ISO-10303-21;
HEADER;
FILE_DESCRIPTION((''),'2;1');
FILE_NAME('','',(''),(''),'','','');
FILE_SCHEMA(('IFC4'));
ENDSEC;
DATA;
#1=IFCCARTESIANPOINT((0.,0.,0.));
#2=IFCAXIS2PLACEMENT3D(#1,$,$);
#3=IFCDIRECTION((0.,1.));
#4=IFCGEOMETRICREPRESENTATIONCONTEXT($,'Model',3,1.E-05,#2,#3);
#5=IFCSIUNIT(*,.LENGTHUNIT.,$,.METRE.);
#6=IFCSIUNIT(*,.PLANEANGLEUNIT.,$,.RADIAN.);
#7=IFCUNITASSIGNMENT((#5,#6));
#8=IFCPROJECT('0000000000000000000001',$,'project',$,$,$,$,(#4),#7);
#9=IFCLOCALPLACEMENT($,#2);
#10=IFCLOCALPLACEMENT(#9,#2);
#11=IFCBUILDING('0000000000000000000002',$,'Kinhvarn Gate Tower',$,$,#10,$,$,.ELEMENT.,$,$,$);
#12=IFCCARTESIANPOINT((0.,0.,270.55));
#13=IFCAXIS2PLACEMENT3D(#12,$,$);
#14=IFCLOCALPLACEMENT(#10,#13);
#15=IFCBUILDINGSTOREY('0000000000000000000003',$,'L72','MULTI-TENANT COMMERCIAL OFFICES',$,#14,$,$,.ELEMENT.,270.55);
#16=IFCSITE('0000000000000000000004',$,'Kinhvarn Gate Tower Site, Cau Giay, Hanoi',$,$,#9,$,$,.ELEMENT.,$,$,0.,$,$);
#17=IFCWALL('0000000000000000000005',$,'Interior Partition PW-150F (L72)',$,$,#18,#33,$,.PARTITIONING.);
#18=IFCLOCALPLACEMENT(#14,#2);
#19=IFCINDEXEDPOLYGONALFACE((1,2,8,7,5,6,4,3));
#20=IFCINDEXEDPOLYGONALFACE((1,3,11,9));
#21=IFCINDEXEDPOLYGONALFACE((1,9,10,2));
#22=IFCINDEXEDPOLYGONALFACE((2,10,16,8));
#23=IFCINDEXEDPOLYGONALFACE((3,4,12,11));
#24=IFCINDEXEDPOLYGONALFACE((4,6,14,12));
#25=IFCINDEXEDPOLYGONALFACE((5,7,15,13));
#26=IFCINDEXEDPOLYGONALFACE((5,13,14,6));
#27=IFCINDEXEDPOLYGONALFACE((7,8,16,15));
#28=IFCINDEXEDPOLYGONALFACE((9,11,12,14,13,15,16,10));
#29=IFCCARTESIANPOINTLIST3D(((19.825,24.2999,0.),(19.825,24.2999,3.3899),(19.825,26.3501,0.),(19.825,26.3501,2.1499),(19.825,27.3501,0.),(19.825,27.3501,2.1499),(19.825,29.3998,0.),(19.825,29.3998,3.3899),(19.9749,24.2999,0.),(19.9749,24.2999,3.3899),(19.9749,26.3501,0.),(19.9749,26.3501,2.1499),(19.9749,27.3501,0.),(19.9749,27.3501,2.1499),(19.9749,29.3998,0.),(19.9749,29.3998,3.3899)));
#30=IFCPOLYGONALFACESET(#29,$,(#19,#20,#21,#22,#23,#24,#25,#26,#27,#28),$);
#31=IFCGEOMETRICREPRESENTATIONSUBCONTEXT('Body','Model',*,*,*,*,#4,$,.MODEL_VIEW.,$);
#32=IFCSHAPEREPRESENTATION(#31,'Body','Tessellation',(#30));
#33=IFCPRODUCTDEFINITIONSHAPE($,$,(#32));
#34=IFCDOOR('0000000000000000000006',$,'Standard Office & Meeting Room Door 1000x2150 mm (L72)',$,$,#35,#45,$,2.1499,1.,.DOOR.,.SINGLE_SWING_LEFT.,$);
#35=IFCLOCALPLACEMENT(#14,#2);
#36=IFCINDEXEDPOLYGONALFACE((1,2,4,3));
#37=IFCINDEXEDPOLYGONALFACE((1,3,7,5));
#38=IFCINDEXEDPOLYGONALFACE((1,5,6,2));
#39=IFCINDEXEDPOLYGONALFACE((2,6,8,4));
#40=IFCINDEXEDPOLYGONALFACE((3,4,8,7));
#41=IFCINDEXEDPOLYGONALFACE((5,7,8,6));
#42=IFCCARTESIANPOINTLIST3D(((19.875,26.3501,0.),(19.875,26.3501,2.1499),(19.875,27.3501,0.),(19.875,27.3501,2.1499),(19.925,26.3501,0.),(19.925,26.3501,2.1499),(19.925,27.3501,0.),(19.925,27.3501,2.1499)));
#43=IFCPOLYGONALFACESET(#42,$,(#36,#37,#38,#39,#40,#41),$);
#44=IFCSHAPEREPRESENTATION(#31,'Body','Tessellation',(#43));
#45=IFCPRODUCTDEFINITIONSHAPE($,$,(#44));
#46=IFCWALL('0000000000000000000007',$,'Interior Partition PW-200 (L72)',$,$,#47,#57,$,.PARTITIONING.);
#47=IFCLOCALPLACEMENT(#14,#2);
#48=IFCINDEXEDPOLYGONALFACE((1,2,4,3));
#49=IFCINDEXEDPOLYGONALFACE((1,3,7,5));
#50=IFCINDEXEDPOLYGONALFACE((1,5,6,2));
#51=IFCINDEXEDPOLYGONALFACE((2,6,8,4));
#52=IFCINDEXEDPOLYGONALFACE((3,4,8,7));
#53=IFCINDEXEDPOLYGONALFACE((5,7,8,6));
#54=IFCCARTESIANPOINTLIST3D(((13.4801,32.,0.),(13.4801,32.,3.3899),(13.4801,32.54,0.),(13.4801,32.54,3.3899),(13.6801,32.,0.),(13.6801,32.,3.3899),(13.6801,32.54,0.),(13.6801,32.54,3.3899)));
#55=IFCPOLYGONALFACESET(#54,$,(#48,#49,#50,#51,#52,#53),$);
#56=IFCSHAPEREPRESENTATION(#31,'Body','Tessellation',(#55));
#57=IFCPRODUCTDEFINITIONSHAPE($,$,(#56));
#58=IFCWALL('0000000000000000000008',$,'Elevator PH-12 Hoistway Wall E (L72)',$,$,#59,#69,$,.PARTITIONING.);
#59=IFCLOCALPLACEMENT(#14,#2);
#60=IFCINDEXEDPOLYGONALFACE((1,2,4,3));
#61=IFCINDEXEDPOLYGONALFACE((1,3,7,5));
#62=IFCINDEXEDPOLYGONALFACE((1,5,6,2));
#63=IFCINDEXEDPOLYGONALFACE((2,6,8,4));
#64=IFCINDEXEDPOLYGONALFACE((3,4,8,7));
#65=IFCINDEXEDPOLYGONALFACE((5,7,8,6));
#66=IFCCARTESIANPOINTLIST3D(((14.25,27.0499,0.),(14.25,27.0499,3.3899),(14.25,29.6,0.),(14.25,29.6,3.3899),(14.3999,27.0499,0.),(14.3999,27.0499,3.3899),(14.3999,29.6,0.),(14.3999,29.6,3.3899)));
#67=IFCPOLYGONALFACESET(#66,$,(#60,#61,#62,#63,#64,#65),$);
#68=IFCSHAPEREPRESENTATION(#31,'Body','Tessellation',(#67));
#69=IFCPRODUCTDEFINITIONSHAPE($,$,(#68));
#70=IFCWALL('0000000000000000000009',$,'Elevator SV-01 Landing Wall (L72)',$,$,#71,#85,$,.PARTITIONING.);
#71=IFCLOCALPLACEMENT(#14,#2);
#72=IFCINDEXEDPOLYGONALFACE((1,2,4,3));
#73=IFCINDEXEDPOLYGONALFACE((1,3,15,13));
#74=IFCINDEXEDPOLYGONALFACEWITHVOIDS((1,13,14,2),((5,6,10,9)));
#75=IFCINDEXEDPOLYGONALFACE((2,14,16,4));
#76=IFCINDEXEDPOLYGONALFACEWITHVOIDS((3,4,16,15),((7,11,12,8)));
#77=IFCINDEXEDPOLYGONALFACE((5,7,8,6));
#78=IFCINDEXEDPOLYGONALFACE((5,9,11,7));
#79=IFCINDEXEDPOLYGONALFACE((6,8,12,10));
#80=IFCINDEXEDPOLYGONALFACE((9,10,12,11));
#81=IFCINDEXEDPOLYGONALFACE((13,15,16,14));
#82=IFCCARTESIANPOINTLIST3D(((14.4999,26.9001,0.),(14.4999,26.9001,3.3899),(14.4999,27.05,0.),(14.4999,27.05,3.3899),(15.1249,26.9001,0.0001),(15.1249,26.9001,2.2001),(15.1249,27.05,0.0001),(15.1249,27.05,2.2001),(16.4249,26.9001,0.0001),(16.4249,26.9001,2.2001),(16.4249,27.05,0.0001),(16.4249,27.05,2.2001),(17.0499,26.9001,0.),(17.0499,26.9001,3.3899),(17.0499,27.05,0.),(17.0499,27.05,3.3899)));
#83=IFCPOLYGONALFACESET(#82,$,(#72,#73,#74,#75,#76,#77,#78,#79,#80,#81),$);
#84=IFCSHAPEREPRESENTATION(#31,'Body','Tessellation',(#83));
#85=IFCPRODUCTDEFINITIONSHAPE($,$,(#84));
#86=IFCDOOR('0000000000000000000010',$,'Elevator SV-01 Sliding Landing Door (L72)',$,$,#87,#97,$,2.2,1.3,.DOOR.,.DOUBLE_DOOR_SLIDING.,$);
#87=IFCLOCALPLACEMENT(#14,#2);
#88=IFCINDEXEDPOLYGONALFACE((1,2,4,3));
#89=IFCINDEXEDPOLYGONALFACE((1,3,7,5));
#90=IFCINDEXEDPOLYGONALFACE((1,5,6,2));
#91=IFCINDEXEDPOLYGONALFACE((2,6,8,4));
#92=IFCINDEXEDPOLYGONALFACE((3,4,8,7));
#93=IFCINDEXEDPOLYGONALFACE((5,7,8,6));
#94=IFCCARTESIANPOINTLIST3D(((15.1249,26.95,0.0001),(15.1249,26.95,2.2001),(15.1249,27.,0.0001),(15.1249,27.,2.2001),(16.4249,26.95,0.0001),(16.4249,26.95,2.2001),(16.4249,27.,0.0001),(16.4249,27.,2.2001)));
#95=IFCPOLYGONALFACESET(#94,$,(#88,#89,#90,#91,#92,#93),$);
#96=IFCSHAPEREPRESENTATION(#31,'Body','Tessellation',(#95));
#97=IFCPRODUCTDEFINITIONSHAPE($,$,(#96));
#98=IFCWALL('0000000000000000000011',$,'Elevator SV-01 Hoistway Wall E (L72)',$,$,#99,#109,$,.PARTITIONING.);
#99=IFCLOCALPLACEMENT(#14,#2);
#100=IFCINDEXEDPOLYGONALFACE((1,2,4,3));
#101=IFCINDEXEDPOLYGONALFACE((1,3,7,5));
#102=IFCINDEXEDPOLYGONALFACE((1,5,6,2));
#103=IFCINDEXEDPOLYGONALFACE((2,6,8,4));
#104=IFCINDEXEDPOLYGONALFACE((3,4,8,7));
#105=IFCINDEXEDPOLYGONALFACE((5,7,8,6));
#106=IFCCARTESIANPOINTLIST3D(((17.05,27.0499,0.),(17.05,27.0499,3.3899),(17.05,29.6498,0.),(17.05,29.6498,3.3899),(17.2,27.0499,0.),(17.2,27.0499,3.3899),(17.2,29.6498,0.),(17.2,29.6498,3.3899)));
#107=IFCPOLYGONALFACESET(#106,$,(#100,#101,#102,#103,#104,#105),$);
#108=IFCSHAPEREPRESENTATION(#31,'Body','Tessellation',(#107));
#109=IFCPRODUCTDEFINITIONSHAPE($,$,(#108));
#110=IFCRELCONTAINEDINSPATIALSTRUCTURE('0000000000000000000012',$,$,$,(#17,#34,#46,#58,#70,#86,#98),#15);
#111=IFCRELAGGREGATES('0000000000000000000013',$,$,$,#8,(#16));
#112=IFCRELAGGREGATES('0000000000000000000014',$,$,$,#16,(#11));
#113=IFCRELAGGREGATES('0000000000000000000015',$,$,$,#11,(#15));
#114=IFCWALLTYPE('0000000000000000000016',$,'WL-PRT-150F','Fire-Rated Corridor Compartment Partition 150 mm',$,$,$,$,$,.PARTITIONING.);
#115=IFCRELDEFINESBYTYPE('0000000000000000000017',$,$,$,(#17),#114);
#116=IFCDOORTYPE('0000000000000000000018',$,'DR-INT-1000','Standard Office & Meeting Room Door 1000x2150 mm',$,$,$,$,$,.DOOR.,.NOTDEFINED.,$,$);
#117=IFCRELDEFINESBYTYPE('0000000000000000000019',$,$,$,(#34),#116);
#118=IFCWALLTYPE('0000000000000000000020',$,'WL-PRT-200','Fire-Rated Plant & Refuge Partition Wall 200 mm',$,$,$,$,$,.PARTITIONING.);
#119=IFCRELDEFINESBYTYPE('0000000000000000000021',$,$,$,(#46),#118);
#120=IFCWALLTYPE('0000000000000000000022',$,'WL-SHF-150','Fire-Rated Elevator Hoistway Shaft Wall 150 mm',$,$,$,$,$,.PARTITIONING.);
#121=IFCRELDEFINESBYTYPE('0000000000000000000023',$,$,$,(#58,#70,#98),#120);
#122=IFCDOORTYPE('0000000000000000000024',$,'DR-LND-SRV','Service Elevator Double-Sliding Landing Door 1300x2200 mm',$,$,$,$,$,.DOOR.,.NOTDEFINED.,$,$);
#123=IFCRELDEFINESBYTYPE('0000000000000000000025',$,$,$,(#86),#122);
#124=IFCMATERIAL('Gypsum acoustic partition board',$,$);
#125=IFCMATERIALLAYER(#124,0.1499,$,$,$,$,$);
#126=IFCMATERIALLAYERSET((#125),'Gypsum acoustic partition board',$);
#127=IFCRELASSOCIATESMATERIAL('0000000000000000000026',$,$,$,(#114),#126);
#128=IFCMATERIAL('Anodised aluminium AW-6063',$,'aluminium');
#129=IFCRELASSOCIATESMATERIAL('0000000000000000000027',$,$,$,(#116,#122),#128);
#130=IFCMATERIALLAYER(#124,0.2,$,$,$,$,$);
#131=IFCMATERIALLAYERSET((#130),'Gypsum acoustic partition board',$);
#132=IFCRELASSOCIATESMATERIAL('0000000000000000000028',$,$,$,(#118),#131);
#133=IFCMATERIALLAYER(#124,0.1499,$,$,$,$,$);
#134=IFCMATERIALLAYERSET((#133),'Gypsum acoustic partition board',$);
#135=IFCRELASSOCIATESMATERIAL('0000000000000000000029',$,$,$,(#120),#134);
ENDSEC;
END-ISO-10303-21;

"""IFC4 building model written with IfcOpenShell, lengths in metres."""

from ifc_helpers import new_model, si_unit, direction, frame, frame_2d, origin, place, context, subcontext, project, spatial, rectangle, extrude, material, layer, layer_set, type_object, element, fill, save


model = new_model("IFC4")

# Units and contexts
model_context = context("Model", 3, precision=1e-05, world=origin(), true_north=direction((0.0, 1.0)))
body_context = subcontext(model_context, "Body", "Model", "MODEL_VIEW")
ifc_project = project(units=[si_unit("LENGTHUNIT", "METRE"), si_unit("PLANEANGLEUNIT", "RADIAN")], contexts=[model_context])

# Site, building, storey
site_placement = place(None, origin())
site = spatial("IfcSite", under=ifc_project, at=site_placement, Name="Kinhvarn Gate Tower Site, Cau Giay, Hanoi", CompositionType="ELEMENT", RefElevation=0.0)
building_placement = place(site_placement, origin())
building = spatial("IfcBuilding", under=site, at=building_placement, Name="Kinhvarn Gate Tower", CompositionType="ELEMENT")
storey_placement = place(building_placement, frame((0.0, 0.0, 270.55)))
storey = spatial("IfcBuildingStorey", under=building, at=storey_placement, Name="L72", Description="MULTI-TENANT COMMERCIAL OFFICES", CompositionType="ELEMENT", Elevation=270.55)

# Shared definitions
ifc_material_1 = material(Name="Anodised aluminium AW-6063", Category="aluminium")

# Shared definitions
ifc_material_2 = material(Name="Gypsum acoustic partition board")

# Shared definitions
ifc_layer_1 = layer(ifc_material_2, 0.1499)
ifc_layer_set_1 = layer_set([ifc_layer_1], Name="Gypsum acoustic partition board")
wall_type_1 = type_object("IfcWallType", Name="WL-PRT-150F", Description="Fire-Rated Corridor Compartment Partition 150 mm", PredefinedType="PARTITIONING", material=ifc_layer_set_1)

# Wall, opening, door
wall_1_placement = place(storey_placement, frame((19.8999, 24.3, 0.0), z_axis=(0.0, 0.0, 1.0), x_axis=(0.0, 1.0, 0.0)))
wall_1 = element("IfcWall", 1, at=wall_1_placement, inside=storey, type_object=wall_type_1, Name="Interior Partition PW-150F (L72)", PredefinedType="PARTITIONING", context=body_context, shape_type="SweptSolid", body=[
    extrude(rectangle(XDim=5.0999, YDim=0.1499, at=frame_2d((2.5498, 0.0))), origin(), (0.0, 0.0, 1.0), 3.3899),
])
opening_1_placement = place(wall_1_placement, frame((2.05, 0.0, 0.0)))
opening_1 = element("IfcOpeningElement", 2, at=opening_1_placement, cuts=wall_1, PredefinedType="OPENING", context=body_context, shape_type="SweptSolid", body=[
    extrude(rectangle(XDim=1.0, YDim=2.1499, at=frame_2d((0.5, 1.075))), frame((0.0, 0.085, 0.0), z_axis=(0.0, -1.0, 0.0), x_axis=(1.0, 0.0, 0.0)), (0.0, 0.0, 1.0), 0.1699),
])
door_type_1 = type_object("IfcDoorType", Name="DR-INT-1000", Description="Standard Office & Meeting Room Door 1000x2150 mm", OperationType="NOTDEFINED", PredefinedType="DOOR", material=ifc_material_1)
door_1_placement = place(opening_1_placement, origin())
door_1 = element("IfcDoor", 3, at=door_1_placement, inside=storey, type_object=door_type_1, Name="Standard Office & Meeting Room Door 1000x2150 mm (L72)", OperationType="SINGLE_SWING_LEFT", OverallHeight=2.1499, OverallWidth=1.0, PredefinedType="DOOR", context=body_context, shape_type="SweptSolid", body=[
    extrude(rectangle(XDim=1.0, YDim=2.1499, at=frame_2d((0.5, 1.075))), frame((0.0, 0.0249, 0.0), z_axis=(0.0, -1.0, 0.0), x_axis=(1.0, 0.0, 0.0)), (0.0, 0.0, 1.0), 0.05),
])
fill(opening_1, door_1)

# Walls
ifc_layer_2 = layer(ifc_material_2, 0.2)
ifc_layer_set_2 = layer_set([ifc_layer_2], Name="Gypsum acoustic partition board")
wall_type_2 = type_object("IfcWallType", Name="WL-PRT-200", Description="Fire-Rated Plant & Refuge Partition Wall 200 mm", PredefinedType="PARTITIONING", material=ifc_layer_set_2)
wall_2_placement = place(storey_placement, frame((13.5801, 32.0, 0.0), z_axis=(0.0, 0.0, 1.0), x_axis=(0.0, 1.0, 0.0)))
element("IfcWall", 4, at=wall_2_placement, inside=storey, type_object=wall_type_2, Name="Interior Partition PW-200 (L72)", PredefinedType="PARTITIONING", context=body_context, shape_type="SweptSolid", body=[
    extrude(rectangle(XDim=0.54, YDim=0.2, at=frame_2d((0.27, 0.0))), origin(), (0.0, 0.0, 1.0), 3.3899),
])
ifc_layer_3 = layer(ifc_material_2, 0.1499)
ifc_layer_set_3 = layer_set([ifc_layer_3], Name="Gypsum acoustic partition board")
wall_type_3 = type_object("IfcWallType", Name="WL-SHF-150", Description="Fire-Rated Elevator Hoistway Shaft Wall 150 mm", PredefinedType="PARTITIONING", material=ifc_layer_set_3)
wall_3_placement = place(storey_placement, frame((14.325, 27.05, 0.0), z_axis=(0.0, 0.0, 1.0), x_axis=(0.0, 1.0, 0.0)))
element("IfcWall", 5, at=wall_3_placement, inside=storey, type_object=wall_type_3, Name="Elevator PH-12 Hoistway Wall E (L72)", PredefinedType="PARTITIONING", context=body_context, shape_type="SweptSolid", body=[
    extrude(rectangle(XDim=2.55, YDim=0.1499, at=frame_2d((1.2749, 0.0))), origin(), (0.0, 0.0, 1.0), 3.3899),
])

# Wall, opening, door
wall_4_placement = place(storey_placement, frame((14.5, 26.9751, 0.0), z_axis=(0.0, 0.0, 1.0), x_axis=(1.0, 0.0, 0.0)))
wall_4 = element("IfcWall", 6, at=wall_4_placement, inside=storey, type_object=wall_type_3, Name="Elevator SV-01 Landing Wall (L72)", PredefinedType="PARTITIONING", context=body_context, shape_type="SweptSolid", body=[
    extrude(rectangle(XDim=2.55, YDim=0.1499, at=frame_2d((1.2749, 0.0))), origin(), (0.0, 0.0, 1.0), 3.3899),
])
opening_2_placement = place(wall_4_placement, frame((0.625, 0.0, 0.0)))
opening_2 = element("IfcOpeningElement", 7, at=opening_2_placement, cuts=wall_4, PredefinedType="OPENING", context=body_context, shape_type="SweptSolid", body=[
    extrude(rectangle(XDim=1.3, YDim=2.2, at=frame_2d((0.6499, 1.1001))), frame((0.0, 0.085, 0.0), z_axis=(0.0, -1.0, 0.0), x_axis=(1.0, 0.0, 0.0)), (0.0, 0.0, 1.0), 0.1699),
])
door_type_2 = type_object("IfcDoorType", Name="DR-LND-SRV", Description="Service Elevator Double-Sliding Landing Door 1300x2200 mm", OperationType="NOTDEFINED", PredefinedType="DOOR", material=ifc_material_1)
door_2_placement = place(opening_2_placement, origin())
door_2 = element("IfcDoor", 8, at=door_2_placement, inside=storey, type_object=door_type_2, Name="Elevator SV-01 Sliding Landing Door (L72)", OperationType="DOUBLE_DOOR_SLIDING", OverallHeight=2.2, OverallWidth=1.3, PredefinedType="DOOR", context=body_context, shape_type="SweptSolid", body=[
    extrude(rectangle(XDim=1.3, YDim=2.2, at=frame_2d((0.6499, 1.1001))), frame((0.0, 0.0249, 0.0), z_axis=(0.0, -1.0, 0.0), x_axis=(1.0, 0.0, 0.0)), (0.0, 0.0, 1.0), 0.05),
])
fill(opening_2, door_2)

# Wall
wall_5_placement = place(storey_placement, frame((17.125, 27.05, 0.0), z_axis=(0.0, 0.0, 1.0), x_axis=(0.0, 1.0, 0.0)))
element("IfcWall", 9, at=wall_5_placement, inside=storey, type_object=wall_type_3, Name="Elevator SV-01 Hoistway Wall E (L72)", PredefinedType="PARTITIONING", context=body_context, shape_type="SweptSolid", body=[
    extrude(rectangle(XDim=2.5999, YDim=0.1499, at=frame_2d((1.2998, 0.0))), origin(), (0.0, 0.0, 1.0), 3.3899),
])

save(model, "model.ifc")
